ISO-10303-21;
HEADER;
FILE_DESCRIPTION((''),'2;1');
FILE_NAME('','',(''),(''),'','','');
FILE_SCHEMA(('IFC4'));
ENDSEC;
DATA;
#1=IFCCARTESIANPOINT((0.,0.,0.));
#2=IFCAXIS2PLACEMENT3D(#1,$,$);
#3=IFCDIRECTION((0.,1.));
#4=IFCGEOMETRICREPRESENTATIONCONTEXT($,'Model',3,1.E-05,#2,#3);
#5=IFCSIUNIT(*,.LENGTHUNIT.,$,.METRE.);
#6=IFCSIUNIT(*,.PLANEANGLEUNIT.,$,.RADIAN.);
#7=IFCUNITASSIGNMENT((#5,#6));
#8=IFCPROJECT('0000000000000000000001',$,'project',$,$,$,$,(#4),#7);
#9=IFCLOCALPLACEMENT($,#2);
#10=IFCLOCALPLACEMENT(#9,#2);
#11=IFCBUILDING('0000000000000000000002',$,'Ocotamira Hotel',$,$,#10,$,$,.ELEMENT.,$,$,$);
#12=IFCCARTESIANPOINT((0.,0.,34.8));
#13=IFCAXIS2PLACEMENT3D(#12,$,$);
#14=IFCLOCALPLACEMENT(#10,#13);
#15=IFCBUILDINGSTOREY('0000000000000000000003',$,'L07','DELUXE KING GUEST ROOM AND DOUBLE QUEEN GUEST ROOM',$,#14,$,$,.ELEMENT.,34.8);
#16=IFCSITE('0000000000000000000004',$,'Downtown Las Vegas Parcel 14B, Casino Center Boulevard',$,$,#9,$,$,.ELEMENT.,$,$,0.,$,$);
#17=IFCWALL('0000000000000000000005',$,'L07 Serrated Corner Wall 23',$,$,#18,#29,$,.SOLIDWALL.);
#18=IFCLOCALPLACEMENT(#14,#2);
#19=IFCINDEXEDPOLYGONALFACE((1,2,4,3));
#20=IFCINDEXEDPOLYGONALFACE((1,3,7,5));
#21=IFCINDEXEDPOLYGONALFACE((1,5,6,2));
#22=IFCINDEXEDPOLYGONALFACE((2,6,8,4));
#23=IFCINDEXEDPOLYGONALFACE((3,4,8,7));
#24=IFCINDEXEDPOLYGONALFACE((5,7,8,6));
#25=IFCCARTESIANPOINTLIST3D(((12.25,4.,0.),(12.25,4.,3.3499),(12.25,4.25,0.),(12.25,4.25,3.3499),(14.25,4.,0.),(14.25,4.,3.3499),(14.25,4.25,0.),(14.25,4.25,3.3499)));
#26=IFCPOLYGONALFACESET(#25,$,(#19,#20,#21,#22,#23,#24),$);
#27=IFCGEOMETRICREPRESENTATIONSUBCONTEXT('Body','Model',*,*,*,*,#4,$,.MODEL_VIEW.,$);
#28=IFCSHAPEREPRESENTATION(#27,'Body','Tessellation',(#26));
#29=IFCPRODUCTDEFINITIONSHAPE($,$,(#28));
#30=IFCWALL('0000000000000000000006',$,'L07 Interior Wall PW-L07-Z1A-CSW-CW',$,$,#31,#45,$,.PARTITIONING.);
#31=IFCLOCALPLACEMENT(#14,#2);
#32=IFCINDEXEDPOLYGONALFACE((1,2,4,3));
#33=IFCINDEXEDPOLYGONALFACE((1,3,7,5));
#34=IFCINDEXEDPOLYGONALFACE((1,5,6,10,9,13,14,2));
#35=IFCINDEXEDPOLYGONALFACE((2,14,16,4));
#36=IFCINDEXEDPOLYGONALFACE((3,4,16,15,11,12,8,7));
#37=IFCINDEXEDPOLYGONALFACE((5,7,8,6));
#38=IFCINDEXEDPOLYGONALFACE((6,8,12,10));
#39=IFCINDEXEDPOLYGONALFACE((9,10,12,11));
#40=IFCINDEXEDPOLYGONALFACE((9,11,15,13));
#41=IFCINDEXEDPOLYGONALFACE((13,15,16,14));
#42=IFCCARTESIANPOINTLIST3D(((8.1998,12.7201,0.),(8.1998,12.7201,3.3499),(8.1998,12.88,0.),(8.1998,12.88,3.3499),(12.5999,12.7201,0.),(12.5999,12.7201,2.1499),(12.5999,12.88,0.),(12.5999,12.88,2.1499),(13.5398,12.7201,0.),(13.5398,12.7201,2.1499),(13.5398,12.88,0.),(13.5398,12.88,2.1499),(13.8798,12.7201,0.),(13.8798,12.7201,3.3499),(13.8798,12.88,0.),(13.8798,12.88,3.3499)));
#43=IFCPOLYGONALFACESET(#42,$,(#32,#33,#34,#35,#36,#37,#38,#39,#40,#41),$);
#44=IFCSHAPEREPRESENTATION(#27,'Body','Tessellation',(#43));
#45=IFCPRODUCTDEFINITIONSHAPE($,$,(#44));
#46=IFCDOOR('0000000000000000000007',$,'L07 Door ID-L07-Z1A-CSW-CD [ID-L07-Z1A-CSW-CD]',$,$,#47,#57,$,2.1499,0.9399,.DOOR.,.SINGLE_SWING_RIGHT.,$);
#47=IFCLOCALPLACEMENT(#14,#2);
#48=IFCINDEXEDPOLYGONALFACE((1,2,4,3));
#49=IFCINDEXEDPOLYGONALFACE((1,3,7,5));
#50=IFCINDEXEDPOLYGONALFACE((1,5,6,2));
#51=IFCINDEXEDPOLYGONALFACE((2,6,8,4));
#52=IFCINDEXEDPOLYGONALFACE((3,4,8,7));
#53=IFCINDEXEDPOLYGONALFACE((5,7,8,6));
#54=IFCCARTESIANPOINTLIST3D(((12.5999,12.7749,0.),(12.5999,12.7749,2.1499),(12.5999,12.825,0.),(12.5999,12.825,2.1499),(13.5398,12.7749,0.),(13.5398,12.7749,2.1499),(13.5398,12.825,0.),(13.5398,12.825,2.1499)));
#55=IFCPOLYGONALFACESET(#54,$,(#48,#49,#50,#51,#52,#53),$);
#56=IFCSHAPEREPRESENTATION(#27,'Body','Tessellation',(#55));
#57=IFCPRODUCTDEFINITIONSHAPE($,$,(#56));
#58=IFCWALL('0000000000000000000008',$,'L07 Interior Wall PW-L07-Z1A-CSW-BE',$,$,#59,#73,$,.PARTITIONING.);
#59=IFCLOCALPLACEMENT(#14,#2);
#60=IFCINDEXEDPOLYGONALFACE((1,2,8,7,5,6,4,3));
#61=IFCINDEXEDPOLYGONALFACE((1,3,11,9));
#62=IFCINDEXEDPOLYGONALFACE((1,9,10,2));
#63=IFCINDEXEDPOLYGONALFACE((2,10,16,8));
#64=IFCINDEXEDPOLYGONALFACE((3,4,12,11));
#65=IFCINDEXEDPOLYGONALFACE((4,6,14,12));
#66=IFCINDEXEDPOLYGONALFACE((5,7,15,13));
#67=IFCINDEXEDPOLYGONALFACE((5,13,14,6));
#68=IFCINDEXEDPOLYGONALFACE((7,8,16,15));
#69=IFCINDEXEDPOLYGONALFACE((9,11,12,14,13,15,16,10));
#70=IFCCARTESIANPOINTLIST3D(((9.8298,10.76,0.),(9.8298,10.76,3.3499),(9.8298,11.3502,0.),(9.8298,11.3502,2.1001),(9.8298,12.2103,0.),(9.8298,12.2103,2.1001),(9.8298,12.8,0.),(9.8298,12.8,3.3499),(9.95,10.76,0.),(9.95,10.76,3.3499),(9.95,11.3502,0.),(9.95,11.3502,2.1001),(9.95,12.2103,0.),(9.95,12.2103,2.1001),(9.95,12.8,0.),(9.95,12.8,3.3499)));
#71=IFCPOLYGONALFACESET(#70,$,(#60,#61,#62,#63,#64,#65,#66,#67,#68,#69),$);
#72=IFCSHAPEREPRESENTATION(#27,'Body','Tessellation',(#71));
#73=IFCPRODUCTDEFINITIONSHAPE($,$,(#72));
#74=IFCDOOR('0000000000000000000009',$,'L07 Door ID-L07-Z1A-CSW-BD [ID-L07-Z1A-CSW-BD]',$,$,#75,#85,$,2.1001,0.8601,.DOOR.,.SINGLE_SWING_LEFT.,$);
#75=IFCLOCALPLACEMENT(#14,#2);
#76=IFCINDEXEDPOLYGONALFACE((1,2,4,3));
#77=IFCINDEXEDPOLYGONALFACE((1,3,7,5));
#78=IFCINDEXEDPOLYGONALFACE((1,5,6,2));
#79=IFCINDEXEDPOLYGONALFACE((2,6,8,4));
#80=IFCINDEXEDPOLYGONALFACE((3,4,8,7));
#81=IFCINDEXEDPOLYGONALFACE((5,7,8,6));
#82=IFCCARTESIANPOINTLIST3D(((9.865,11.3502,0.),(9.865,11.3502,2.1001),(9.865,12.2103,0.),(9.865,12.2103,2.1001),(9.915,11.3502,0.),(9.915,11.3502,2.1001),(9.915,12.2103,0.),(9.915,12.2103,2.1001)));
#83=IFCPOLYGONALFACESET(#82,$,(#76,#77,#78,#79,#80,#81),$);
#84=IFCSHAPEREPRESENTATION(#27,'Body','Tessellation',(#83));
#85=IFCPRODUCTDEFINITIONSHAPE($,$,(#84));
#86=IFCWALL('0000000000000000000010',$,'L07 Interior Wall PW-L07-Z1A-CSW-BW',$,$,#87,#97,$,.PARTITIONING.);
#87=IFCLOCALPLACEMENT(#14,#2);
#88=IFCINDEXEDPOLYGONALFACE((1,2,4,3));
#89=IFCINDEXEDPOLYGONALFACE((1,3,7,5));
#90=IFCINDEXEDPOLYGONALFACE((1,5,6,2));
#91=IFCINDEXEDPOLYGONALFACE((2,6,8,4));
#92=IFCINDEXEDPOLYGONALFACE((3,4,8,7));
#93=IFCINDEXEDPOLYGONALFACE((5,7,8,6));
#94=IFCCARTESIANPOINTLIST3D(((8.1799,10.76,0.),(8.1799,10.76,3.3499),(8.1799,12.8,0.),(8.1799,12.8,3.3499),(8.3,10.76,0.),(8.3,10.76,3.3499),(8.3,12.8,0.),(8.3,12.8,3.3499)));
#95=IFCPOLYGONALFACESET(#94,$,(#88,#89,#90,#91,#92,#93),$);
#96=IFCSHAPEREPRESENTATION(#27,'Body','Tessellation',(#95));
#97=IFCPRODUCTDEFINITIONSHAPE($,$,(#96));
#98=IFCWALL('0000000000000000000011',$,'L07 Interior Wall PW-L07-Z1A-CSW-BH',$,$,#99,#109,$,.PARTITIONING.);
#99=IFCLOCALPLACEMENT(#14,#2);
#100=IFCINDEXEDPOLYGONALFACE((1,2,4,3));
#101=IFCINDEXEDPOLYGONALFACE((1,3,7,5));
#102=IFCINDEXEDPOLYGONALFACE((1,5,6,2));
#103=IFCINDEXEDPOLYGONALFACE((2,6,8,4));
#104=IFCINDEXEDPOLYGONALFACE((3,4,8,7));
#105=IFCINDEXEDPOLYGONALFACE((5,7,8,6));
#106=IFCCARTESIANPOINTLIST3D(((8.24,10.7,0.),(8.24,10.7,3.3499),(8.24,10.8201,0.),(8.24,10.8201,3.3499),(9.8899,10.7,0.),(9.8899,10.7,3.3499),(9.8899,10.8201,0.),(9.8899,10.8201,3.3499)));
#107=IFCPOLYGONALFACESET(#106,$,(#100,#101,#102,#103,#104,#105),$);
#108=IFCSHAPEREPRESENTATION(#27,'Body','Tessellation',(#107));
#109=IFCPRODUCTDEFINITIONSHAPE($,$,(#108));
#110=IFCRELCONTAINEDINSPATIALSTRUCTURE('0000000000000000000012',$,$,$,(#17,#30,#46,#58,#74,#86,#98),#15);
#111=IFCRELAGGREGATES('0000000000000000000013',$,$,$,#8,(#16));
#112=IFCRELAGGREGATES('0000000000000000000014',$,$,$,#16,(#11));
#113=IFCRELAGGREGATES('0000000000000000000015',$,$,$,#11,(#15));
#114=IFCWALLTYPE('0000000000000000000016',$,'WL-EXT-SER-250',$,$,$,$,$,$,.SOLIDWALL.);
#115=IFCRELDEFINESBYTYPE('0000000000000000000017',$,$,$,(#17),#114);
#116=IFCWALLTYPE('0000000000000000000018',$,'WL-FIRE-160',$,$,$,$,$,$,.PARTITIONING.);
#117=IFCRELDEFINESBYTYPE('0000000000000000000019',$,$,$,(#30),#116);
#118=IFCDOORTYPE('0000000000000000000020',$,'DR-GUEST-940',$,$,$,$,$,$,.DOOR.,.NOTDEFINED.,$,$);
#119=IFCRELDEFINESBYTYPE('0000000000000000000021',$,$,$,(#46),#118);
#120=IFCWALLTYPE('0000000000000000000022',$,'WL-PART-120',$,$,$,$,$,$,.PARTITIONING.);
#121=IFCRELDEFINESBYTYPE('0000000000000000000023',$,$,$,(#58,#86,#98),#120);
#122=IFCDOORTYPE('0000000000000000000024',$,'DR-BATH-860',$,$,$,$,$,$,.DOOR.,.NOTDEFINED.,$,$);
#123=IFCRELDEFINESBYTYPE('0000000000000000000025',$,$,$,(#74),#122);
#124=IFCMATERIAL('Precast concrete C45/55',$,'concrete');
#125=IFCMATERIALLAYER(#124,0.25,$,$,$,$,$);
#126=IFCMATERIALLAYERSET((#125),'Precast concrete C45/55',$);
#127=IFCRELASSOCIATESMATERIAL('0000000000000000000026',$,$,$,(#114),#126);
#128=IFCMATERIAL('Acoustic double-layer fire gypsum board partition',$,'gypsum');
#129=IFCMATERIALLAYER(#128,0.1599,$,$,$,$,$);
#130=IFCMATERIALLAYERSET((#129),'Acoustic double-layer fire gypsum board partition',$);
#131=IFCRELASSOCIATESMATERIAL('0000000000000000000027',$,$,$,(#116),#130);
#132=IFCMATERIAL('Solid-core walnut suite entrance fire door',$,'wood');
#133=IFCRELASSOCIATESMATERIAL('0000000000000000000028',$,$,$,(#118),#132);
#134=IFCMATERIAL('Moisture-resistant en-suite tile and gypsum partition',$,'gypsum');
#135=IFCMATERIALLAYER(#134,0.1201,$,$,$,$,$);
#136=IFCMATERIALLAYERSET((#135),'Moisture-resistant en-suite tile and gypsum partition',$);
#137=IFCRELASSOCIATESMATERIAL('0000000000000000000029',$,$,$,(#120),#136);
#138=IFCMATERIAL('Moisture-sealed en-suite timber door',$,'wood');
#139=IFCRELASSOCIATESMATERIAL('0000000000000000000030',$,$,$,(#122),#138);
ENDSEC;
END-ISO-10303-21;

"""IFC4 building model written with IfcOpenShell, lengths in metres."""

from ifc_helpers import new_model, si_unit, direction, frame, frame_2d, origin, place, context, subcontext, project, spatial, rectangle, extrude, source, transform, mapped, material, layer, layer_set, type_object, element, fill, save


model = new_model("IFC4")

# Units and contexts
model_context = context("Model", 3, precision=1e-05, world=origin(), true_north=direction((0.0, 1.0)))
body_context = subcontext(model_context, "Body", "Model", "MODEL_VIEW")
ifc_project = project(units=[si_unit("LENGTHUNIT", "METRE"), si_unit("PLANEANGLEUNIT", "RADIAN")], contexts=[model_context])

# Site, building, storey
site_placement = place(None, origin())
site = spatial("IfcSite", under=ifc_project, at=site_placement, Name="Downtown Las Vegas Parcel 14B, Casino Center Boulevard", CompositionType="ELEMENT", RefElevation=0.0)
building_placement = place(site_placement, origin())
building = spatial("IfcBuilding", under=site, at=building_placement, Name="Ocotamira Hotel", CompositionType="ELEMENT")
storey_placement = place(building_placement, frame((0.0, 0.0, 34.8)))
storey = spatial("IfcBuildingStorey", under=building, at=storey_placement, Name="L07", Description="DELUXE KING GUEST ROOM AND DOUBLE QUEEN GUEST ROOM", CompositionType="ELEMENT", Elevation=34.8)

# Wall
ifc_material_1 = material(Name="Precast concrete C45/55", Category="concrete")
ifc_layer_1 = layer(ifc_material_1, 0.25)
ifc_layer_set_1 = layer_set([ifc_layer_1], Name="Precast concrete C45/55")
wall_type_1 = type_object("IfcWallType", Name="WL-EXT-SER-250", PredefinedType="SOLIDWALL", material=ifc_layer_set_1)
for number, where, z_axis, x_axis, name in (
    (1, (12.25, 4.125, 0.0), (0.0, 0.0, 1.0), (1.0, 0.0, 0.0), "L07 Serrated Corner Wall 23"),
):
    element("IfcWall", number, at=place(storey_placement, frame(where, z_axis=z_axis, x_axis=x_axis)), inside=storey, type_object=wall_type_1, Name=name, PredefinedType="SOLIDWALL", context=body_context, shape_type="SweptSolid", body=[
        extrude(rectangle(XDim=2.0, YDim=0.25, at=frame_2d((1.0, 0.0))), origin(), (0.0, 0.0, 1.0), 3.3499),
    ])

# Walls, openings, doors
ifc_material_2 = material(Name="Acoustic double-layer fire gypsum board partition", Category="gypsum")
ifc_layer_2 = layer(ifc_material_2, 0.1599)
ifc_layer_set_2 = layer_set([ifc_layer_2], Name="Acoustic double-layer fire gypsum board partition")
wall_type_2 = type_object("IfcWallType", Name="WL-FIRE-160", PredefinedType="PARTITIONING", material=ifc_layer_set_2)
wall_1_placement = place(storey_placement, frame((8.2, 12.8, 0.0), z_axis=(0.0, 0.0, 1.0), x_axis=(1.0, 0.0, 0.0)))
wall_1 = element("IfcWall", 2, at=wall_1_placement, inside=storey, type_object=wall_type_2, Name="L07 Interior Wall PW-L07-Z1A-CSW-CW", PredefinedType="PARTITIONING", context=body_context, shape_type="SweptSolid", body=[
    extrude(rectangle(XDim=5.6799, YDim=0.1599, at=frame_2d((2.8398, 0.0))), origin(), (0.0, 0.0, 1.0), 3.3499),
])
opening_1_placement = place(wall_1_placement, frame((4.3999, 0.0, 0.0)))
opening_1 = element("IfcOpeningElement", 3, at=opening_1_placement, cuts=wall_1, PredefinedType="OPENING", context=body_context, shape_type="SweptSolid", body=[
    extrude(rectangle(XDim=0.9399, YDim=2.1499, at=frame_2d((0.47, 1.075))), frame((0.0, 0.0898, 0.0), z_axis=(0.0, -1.0, 0.0), x_axis=(1.0, 0.0, 0.0)), (0.0, 0.0, 1.0), 0.1799),
])
ifc_material_3 = material(Name="Solid-core walnut suite entrance fire door", Category="wood")
door_type_1 = type_object("IfcDoorType", Name="DR-GUEST-940", OperationType="NOTDEFINED", PredefinedType="DOOR", material=ifc_material_3)
shared_shape_1 = source(origin(), body_context, "Body", "SweptSolid", [
    extrude(rectangle(XDim=0.9399, YDim=2.1499, at=frame_2d((0.47, 1.075))), frame((0.0, 0.0249, 0.0), z_axis=(0.0, -1.0, 0.0), x_axis=(1.0, 0.0, 0.0)), (0.0, 0.0, 1.0), 0.05),
])
door_1_placement = place(opening_1_placement, origin())
door_1 = element("IfcDoor", 4, at=door_1_placement, inside=storey, type_object=door_type_1, Name="L07 Door ID-L07-Z1A-CSW-CD [ID-L07-Z1A-CSW-CD]", OperationType="SINGLE_SWING_RIGHT", OverallHeight=2.1499, OverallWidth=0.9399, PredefinedType="DOOR", context=body_context, shape_type="MappedRepresentation", body=[
    mapped(shared_shape_1, transform((0.0, 0.0, 0.0), scale=1.0)),
])
fill(opening_1, door_1)
ifc_material_4 = material(Name="Moisture-resistant en-suite tile and gypsum partition", Category="gypsum")
ifc_layer_3 = layer(ifc_material_4, 0.1201)
ifc_layer_set_3 = layer_set([ifc_layer_3], Name="Moisture-resistant en-suite tile and gypsum partition")
wall_type_3 = type_object("IfcWallType", Name="WL-PART-120", PredefinedType="PARTITIONING", material=ifc_layer_set_3)
wall_2_placement = place(storey_placement, frame((9.8899, 10.76, 0.0), z_axis=(0.0, 0.0, 1.0), x_axis=(0.0, 1.0, 0.0)))
wall_2 = element("IfcWall", 5, at=wall_2_placement, inside=storey, type_object=wall_type_3, Name="L07 Interior Wall PW-L07-Z1A-CSW-BE", PredefinedType="PARTITIONING", context=body_context, shape_type="SweptSolid", body=[
    extrude(rectangle(XDim=2.04, YDim=0.1201, at=frame_2d((1.02, 0.0))), origin(), (0.0, 0.0, 1.0), 3.3499),
])
opening_2_placement = place(wall_2_placement, frame((0.5901, 0.0, 0.0)))
opening_2 = element("IfcOpeningElement", 6, at=opening_2_placement, cuts=wall_2, PredefinedType="OPENING", context=body_context, shape_type="SweptSolid", body=[
    extrude(rectangle(XDim=0.8601, YDim=2.1001, at=frame_2d((0.4302, 1.05))), frame((0.0, 0.0701, 0.0), z_axis=(0.0, -1.0, 0.0), x_axis=(1.0, 0.0, 0.0)), (0.0, 0.0, 1.0), 0.1401),
])
ifc_material_5 = material(Name="Moisture-sealed en-suite timber door", Category="wood")
door_type_2 = type_object("IfcDoorType", Name="DR-BATH-860", OperationType="NOTDEFINED", PredefinedType="DOOR", material=ifc_material_5)
shared_shape_2 = source(origin(), body_context, "Body", "SweptSolid", [
    extrude(rectangle(XDim=0.8601, YDim=2.1001, at=frame_2d((0.4302, 1.05))), frame((0.0, 0.0249, 0.0), z_axis=(0.0, -1.0, 0.0), x_axis=(1.0, 0.0, 0.0)), (0.0, 0.0, 1.0), 0.05),
])
door_2_placement = place(opening_2_placement, origin())
door_2 = element("IfcDoor", 7, at=door_2_placement, inside=storey, type_object=door_type_2, Name="L07 Door ID-L07-Z1A-CSW-BD [ID-L07-Z1A-CSW-BD]", OperationType="SINGLE_SWING_LEFT", OverallHeight=2.1001, OverallWidth=0.8601, PredefinedType="DOOR", context=body_context, shape_type="MappedRepresentation", body=[
    mapped(shared_shape_2, transform((0.0, 0.0, 0.0), scale=1.0)),
])
fill(opening_2, door_2)

# Walls
wall_3_placement = place(storey_placement, frame((8.24, 10.76, 0.0), z_axis=(0.0, 0.0, 1.0), x_axis=(0.0, 1.0, 0.0)))
element("IfcWall", 8, at=wall_3_placement, inside=storey, type_object=wall_type_3, Name="L07 Interior Wall PW-L07-Z1A-CSW-BW", PredefinedType="PARTITIONING", context=body_context, shape_type="SweptSolid", body=[
    extrude(rectangle(XDim=2.04, YDim=0.1201, at=frame_2d((1.02, 0.0))), origin(), (0.0, 0.0, 1.0), 3.3499),
])
wall_4_placement = place(storey_placement, frame((8.24, 10.76, 0.0), z_axis=(0.0, 0.0, 1.0), x_axis=(1.0, 0.0, 0.0)))
element("IfcWall", 9, at=wall_4_placement, inside=storey, type_object=wall_type_3, Name="L07 Interior Wall PW-L07-Z1A-CSW-BH", PredefinedType="PARTITIONING", context=body_context, shape_type="SweptSolid", body=[
    extrude(rectangle(XDim=1.6499, YDim=0.1201, at=frame_2d((0.825, 0.0))), origin(), (0.0, 0.0, 1.0), 3.3499),
])

save(model, "model.ifc")
